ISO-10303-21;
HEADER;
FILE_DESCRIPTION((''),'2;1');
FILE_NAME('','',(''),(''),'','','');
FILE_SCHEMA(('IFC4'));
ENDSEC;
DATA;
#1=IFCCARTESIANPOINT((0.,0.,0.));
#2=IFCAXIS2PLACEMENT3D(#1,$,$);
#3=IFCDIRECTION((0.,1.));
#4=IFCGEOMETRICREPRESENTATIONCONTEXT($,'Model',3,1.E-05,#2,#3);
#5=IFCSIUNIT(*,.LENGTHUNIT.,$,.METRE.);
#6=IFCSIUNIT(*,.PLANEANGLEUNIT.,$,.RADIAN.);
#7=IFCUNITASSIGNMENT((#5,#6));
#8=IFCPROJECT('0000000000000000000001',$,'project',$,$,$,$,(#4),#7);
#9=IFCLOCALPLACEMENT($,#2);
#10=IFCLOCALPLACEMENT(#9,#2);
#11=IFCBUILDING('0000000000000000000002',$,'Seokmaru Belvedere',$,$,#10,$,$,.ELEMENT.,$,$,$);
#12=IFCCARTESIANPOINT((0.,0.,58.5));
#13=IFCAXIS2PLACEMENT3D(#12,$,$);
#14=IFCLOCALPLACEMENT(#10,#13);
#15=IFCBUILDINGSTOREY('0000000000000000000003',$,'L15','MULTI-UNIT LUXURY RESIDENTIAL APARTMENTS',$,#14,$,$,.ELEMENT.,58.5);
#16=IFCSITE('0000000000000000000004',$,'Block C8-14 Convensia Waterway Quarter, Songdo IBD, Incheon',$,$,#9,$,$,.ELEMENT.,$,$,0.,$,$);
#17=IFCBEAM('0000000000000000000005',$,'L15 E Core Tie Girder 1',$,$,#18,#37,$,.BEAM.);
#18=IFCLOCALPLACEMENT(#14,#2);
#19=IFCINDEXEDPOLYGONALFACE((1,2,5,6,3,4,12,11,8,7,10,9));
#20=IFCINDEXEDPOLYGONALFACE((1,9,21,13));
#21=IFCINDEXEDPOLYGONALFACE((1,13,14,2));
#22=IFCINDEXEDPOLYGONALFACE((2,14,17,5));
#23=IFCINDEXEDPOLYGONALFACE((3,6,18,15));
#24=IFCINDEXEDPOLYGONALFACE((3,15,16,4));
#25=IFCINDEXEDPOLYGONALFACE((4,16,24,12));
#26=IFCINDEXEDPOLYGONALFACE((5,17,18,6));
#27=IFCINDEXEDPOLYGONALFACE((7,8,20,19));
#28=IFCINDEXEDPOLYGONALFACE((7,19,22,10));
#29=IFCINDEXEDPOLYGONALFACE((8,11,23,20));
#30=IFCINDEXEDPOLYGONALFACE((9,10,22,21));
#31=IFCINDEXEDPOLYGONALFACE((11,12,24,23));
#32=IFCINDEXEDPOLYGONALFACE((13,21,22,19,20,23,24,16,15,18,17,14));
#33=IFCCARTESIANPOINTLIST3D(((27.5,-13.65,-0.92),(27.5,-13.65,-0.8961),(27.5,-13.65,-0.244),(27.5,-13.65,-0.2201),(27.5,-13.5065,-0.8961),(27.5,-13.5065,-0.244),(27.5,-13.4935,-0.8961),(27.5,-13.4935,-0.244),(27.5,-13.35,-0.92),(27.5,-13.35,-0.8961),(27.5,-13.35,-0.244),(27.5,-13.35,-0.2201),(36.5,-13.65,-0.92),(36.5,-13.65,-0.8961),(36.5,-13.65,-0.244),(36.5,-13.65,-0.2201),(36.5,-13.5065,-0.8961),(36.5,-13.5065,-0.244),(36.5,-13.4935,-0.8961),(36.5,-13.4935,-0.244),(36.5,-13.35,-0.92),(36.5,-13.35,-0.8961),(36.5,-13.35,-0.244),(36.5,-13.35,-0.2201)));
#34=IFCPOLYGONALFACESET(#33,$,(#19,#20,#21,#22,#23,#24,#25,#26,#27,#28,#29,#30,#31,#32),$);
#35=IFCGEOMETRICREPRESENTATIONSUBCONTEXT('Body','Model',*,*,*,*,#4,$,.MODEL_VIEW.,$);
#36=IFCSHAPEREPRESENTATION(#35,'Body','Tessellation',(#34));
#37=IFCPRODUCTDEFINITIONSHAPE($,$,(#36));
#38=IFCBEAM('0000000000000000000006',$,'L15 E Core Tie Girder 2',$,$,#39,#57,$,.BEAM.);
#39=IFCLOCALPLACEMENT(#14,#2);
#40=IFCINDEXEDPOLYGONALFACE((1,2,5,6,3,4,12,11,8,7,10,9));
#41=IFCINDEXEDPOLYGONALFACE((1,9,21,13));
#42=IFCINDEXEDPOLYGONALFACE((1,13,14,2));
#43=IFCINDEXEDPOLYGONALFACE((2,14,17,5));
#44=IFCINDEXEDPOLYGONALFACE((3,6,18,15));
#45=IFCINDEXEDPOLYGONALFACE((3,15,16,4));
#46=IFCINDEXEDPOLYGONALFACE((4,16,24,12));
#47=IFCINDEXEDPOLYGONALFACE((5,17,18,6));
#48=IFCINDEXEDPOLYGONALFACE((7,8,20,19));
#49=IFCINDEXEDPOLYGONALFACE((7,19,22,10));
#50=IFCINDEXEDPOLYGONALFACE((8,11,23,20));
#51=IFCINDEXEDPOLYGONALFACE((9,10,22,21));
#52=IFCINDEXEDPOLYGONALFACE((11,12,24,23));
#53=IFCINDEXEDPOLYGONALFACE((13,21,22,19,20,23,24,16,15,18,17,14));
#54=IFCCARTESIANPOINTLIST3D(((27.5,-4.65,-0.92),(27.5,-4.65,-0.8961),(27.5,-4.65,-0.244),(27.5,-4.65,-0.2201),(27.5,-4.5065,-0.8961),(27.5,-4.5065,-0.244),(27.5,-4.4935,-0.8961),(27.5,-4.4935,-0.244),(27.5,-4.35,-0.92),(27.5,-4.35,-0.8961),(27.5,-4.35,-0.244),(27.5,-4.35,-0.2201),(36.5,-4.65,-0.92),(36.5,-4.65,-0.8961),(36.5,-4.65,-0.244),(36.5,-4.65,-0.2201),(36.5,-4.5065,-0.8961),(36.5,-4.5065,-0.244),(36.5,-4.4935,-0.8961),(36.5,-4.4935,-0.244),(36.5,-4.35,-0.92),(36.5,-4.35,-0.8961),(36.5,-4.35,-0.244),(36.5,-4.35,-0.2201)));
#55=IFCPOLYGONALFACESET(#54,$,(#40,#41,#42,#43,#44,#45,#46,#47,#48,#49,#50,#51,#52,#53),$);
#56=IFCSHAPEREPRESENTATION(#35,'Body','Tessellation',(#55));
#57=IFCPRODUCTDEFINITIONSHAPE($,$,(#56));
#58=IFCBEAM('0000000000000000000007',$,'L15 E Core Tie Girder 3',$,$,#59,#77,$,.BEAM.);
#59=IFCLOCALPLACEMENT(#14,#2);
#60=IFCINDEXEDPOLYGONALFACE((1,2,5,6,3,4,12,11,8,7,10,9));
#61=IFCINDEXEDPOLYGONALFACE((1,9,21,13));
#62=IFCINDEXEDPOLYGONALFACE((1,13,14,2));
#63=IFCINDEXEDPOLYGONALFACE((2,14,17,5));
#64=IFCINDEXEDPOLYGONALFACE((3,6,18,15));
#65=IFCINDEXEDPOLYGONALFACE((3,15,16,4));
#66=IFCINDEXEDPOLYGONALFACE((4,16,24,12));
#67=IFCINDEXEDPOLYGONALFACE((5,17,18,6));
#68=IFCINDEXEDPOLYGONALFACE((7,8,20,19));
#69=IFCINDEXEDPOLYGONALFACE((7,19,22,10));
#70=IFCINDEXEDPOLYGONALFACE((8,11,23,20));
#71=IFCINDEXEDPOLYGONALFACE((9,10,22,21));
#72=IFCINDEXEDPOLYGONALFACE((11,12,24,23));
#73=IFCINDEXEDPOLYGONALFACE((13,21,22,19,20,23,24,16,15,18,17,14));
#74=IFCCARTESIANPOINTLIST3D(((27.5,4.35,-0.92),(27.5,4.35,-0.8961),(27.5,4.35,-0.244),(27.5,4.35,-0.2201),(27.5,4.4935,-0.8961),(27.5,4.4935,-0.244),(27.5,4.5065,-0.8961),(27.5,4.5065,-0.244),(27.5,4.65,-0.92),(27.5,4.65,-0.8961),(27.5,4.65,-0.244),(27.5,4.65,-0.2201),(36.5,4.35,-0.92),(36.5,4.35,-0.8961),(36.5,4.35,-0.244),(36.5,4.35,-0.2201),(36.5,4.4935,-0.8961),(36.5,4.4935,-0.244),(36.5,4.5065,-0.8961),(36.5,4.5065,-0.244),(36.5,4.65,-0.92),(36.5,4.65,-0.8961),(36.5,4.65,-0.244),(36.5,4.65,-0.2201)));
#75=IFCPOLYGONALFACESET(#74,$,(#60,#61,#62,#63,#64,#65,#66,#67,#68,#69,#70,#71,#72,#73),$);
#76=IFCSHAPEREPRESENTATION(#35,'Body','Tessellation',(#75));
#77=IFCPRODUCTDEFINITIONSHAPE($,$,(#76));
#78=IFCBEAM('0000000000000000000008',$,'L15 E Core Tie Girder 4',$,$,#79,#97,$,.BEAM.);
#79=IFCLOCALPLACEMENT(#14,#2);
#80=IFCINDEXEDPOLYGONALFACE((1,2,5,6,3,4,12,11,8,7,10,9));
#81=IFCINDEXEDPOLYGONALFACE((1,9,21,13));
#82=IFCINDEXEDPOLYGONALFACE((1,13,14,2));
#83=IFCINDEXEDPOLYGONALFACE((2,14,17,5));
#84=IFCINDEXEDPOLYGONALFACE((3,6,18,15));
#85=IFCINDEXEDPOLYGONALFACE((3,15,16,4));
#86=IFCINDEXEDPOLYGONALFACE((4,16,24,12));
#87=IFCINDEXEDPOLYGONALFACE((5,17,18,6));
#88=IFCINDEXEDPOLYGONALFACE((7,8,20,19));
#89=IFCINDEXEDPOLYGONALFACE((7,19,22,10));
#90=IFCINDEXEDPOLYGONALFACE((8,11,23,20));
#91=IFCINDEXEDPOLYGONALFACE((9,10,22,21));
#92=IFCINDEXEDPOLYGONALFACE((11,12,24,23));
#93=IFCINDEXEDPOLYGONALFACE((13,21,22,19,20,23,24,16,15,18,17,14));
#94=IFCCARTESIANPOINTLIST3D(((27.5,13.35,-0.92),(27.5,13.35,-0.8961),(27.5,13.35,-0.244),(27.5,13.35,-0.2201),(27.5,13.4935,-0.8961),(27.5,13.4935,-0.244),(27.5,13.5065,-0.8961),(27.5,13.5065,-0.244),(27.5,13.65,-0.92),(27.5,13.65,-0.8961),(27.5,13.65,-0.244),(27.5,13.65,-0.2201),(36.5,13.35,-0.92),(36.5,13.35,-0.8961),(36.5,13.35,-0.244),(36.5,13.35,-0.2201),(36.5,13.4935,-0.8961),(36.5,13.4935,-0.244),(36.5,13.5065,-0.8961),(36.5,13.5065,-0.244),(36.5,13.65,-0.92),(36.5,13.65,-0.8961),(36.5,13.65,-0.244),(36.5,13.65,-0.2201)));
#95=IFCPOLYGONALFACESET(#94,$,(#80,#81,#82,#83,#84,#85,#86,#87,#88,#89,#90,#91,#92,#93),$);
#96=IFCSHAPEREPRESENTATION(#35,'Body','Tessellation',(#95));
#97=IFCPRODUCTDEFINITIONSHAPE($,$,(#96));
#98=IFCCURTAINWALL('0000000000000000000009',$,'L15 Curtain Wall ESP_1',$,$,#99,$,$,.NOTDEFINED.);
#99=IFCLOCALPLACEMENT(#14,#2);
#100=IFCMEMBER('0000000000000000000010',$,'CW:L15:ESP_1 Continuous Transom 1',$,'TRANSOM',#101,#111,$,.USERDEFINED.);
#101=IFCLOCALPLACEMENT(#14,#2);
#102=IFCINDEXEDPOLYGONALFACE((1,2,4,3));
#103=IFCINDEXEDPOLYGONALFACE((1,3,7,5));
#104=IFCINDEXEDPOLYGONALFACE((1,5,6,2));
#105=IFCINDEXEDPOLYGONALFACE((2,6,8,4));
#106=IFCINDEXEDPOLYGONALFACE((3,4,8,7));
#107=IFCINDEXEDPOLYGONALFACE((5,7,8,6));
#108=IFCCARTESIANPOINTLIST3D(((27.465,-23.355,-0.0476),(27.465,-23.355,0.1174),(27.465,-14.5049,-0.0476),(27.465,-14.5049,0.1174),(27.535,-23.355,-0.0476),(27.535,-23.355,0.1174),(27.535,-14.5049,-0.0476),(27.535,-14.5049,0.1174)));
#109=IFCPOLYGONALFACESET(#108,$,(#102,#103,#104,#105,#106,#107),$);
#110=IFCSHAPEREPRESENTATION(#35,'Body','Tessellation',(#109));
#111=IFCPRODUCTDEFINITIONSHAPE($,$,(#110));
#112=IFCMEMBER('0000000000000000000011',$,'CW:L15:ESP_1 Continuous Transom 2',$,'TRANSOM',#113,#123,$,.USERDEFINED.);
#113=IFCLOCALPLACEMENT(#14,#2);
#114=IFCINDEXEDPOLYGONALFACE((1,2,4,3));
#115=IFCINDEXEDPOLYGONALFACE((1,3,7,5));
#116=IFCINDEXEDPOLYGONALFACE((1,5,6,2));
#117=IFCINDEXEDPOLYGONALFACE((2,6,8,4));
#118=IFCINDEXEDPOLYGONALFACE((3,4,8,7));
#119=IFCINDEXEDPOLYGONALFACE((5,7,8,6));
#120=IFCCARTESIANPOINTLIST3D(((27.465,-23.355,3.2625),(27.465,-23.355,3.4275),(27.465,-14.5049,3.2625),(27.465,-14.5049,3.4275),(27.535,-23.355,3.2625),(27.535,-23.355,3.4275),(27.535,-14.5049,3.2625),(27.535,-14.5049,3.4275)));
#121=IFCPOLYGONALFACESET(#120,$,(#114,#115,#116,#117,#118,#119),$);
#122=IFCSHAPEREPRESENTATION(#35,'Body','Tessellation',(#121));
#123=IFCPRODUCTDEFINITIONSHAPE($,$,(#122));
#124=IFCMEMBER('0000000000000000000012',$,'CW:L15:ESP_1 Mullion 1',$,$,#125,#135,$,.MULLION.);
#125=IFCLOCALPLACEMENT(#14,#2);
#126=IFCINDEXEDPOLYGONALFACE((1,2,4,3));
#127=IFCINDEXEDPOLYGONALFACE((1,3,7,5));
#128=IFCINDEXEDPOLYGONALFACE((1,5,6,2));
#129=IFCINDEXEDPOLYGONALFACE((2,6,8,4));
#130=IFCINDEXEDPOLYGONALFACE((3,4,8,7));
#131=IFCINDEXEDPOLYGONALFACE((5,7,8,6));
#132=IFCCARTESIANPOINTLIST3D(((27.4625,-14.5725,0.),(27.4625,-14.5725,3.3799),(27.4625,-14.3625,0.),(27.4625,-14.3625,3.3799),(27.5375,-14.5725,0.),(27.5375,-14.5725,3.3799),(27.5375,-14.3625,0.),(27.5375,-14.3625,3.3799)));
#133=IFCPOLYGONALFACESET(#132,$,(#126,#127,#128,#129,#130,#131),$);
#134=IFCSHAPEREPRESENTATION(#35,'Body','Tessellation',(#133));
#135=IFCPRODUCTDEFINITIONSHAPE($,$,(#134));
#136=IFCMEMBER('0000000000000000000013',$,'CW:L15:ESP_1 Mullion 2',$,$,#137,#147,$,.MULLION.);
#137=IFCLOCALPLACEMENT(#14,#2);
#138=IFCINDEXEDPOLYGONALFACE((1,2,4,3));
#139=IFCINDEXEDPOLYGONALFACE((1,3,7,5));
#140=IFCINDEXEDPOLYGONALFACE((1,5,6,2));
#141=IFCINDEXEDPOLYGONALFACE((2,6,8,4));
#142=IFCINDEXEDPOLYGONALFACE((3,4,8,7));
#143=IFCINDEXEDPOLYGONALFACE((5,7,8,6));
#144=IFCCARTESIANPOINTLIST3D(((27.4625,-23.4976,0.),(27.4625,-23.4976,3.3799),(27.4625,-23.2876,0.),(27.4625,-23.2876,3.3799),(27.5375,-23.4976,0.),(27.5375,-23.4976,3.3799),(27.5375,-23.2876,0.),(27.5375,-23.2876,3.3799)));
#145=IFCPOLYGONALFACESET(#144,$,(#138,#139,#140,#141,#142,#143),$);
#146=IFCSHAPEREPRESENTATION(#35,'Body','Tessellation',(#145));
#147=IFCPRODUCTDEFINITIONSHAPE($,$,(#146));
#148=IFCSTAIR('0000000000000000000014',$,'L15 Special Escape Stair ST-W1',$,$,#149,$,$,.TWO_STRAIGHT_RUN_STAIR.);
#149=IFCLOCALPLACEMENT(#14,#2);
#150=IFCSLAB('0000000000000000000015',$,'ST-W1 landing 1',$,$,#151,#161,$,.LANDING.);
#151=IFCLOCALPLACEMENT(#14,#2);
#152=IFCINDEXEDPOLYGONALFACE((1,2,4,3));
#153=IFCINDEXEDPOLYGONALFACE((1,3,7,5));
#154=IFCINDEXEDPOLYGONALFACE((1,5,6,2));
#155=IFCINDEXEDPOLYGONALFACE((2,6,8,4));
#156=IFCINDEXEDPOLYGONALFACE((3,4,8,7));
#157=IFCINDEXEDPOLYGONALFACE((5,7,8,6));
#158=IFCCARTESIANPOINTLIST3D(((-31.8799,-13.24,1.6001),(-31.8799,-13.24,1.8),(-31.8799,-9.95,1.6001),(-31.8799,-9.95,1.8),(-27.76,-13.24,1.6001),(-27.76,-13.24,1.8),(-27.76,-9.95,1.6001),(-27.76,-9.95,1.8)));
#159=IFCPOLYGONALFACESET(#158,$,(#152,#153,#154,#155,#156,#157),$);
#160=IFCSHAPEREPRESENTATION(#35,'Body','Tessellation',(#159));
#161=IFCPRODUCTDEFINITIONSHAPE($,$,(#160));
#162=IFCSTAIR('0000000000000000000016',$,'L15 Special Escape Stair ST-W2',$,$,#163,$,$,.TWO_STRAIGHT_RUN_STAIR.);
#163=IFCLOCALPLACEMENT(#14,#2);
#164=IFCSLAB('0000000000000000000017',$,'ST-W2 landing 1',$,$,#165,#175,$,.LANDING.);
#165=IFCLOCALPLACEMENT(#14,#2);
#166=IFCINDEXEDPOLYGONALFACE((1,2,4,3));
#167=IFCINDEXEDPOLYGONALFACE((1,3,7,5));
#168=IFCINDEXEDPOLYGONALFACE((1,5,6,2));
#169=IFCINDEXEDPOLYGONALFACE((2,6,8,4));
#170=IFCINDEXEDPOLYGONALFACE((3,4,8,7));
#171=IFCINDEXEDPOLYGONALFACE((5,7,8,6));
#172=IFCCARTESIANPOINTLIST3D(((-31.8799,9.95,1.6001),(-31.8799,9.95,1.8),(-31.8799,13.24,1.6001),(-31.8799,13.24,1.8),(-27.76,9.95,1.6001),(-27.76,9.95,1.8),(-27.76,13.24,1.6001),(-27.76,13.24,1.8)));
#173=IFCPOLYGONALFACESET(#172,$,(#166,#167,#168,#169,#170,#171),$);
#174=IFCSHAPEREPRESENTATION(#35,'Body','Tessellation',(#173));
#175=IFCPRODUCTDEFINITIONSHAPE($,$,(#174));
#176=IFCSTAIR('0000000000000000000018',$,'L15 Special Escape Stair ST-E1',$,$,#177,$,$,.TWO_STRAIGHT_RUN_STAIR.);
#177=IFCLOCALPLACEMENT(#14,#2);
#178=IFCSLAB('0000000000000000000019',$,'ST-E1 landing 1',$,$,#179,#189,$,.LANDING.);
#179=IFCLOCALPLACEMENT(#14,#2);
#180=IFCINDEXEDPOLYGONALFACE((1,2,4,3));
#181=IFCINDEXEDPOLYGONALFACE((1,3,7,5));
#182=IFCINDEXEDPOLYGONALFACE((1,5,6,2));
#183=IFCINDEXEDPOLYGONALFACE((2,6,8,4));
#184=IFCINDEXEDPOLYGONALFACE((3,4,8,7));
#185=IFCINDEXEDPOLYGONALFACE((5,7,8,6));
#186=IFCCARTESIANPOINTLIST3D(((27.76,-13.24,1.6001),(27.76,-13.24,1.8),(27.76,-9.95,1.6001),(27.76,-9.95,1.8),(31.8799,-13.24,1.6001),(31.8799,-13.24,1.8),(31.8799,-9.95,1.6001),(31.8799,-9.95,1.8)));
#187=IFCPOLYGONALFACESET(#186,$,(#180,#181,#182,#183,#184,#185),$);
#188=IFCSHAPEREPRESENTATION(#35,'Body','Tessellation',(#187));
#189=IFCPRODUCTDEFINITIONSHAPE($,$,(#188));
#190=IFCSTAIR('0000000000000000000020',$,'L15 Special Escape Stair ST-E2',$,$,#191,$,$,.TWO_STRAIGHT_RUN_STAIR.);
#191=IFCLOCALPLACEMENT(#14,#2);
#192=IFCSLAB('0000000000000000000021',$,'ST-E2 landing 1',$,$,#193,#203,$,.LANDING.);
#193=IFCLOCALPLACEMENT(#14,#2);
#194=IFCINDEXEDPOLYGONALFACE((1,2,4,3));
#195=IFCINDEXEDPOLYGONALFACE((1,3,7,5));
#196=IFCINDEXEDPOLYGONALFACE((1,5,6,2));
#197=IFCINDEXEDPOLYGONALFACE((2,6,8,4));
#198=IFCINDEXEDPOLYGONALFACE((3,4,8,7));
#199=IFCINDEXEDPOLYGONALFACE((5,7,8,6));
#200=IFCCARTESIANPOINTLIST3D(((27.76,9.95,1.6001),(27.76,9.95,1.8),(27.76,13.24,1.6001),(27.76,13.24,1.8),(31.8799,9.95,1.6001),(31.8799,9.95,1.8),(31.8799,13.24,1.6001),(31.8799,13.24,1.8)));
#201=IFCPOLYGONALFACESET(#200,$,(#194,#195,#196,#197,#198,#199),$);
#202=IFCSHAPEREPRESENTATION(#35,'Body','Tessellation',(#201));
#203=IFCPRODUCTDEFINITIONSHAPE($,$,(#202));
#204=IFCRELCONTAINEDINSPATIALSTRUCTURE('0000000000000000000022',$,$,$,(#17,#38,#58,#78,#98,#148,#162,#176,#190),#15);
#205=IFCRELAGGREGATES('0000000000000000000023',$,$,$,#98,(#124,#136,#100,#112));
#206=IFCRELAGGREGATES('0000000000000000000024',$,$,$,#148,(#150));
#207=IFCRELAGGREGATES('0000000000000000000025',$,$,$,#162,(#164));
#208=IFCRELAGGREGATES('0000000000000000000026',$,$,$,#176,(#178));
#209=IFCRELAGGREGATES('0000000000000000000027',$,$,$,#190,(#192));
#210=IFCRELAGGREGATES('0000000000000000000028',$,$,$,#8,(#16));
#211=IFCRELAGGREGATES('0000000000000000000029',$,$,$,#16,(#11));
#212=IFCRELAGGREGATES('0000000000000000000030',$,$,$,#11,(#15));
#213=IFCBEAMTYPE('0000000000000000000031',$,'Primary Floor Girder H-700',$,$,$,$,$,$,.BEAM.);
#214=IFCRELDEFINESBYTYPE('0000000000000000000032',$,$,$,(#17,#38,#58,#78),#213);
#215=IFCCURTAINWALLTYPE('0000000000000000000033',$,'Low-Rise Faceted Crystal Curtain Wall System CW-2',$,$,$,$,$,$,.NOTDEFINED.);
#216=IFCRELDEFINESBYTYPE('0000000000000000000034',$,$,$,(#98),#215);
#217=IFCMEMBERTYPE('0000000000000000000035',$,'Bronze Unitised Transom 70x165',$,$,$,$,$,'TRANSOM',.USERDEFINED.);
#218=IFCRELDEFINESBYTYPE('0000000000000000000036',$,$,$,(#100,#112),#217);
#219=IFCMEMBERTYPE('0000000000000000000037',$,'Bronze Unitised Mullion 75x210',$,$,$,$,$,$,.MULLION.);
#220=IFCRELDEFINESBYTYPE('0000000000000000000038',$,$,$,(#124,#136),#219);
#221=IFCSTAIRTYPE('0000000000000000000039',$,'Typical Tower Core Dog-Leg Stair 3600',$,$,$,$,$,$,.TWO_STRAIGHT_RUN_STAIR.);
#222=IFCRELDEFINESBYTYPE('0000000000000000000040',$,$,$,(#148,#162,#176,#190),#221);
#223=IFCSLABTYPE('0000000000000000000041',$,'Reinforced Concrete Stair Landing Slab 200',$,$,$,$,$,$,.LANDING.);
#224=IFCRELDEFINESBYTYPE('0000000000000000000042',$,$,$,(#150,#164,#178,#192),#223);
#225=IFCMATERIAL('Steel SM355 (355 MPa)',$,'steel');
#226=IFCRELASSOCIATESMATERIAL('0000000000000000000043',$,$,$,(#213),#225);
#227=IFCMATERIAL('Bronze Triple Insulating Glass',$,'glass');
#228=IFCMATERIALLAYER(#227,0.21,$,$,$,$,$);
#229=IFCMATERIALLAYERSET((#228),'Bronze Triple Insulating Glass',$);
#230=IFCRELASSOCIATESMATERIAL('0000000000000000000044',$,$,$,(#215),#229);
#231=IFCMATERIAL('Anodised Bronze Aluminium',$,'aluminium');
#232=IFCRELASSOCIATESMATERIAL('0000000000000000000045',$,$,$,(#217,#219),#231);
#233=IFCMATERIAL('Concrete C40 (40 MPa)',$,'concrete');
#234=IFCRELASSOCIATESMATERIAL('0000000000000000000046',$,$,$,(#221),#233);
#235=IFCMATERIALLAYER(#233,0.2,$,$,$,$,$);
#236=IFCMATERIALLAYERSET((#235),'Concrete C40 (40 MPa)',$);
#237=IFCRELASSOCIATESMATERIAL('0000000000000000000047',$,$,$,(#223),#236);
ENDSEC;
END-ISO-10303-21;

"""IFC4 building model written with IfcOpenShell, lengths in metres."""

from ifc_helpers import new_model, si_unit, direction, frame, origin, origin_2d, place, context, subcontext, project, spatial, polyline, rectangle, i_section, outline, extrude, source, transform, mapped, material, layer, layer_set, material_profile, profile_set, type_object, type_shapes, element, aggregate, save


model = new_model("IFC4")

# Units and contexts
model_context = context("Model", 3, precision=1e-05, world=origin(), true_north=direction((0.0, 1.0)))
body_context = subcontext(model_context, "Body", "Model", "MODEL_VIEW")
ifc_project = project(units=[si_unit("LENGTHUNIT", "METRE"), si_unit("PLANEANGLEUNIT", "RADIAN")], contexts=[model_context])

# Site, building, storey
site_placement = place(None, origin())
site = spatial("IfcSite", under=ifc_project, at=site_placement, Name="Block C8-14 Convensia Waterway Quarter, Songdo IBD, Incheon", CompositionType="ELEMENT", RefElevation=0.0)
building_placement = place(site_placement, origin())
building = spatial("IfcBuilding", under=site, at=building_placement, Name="Seokmaru Belvedere", CompositionType="ELEMENT")
storey_placement = place(building_placement, frame((0.0, 0.0, 58.5)))
storey = spatial("IfcBuildingStorey", under=building, at=storey_placement, Name="L15", Description="MULTI-UNIT LUXURY RESIDENTIAL APARTMENTS", CompositionType="ELEMENT", Elevation=58.5)

# Beams
ifc_material_1 = material(Name="Steel SM355 (355 MPa)", Category="steel")
ifc_material_profile_1 = material_profile(ifc_material_1, i_section(OverallWidth=0.3, OverallDepth=0.7, WebThickness=0.0129, FlangeThickness=0.0239, at=origin_2d()), Name="H-700x300x13x24")
ifc_profile_set_1 = profile_set([ifc_material_profile_1], Name="Steel SM355 (355 MPa)")
beam_type_1 = type_object("IfcBeamType", Name="Primary Floor Girder H-700", PredefinedType="BEAM", material=ifc_profile_set_1)
shared_shape_1 = source(origin(), body_context, "Body", "SweptSolid", [
    extrude(i_section(OverallWidth=0.3, OverallDepth=0.7, WebThickness=0.0129, FlangeThickness=0.0239, at=origin_2d()), origin(), (0.0, 0.0, 1.0), 9.0),
])
type_shapes(beam_type_1, [shared_shape_1])
for number, where, z_axis, x_axis, name in (
    (1, (27.5, -13.5, -0.5701), (1.0, 0.0, 0.0), (0.0, 1.0, 0.0), "L15 E Core Tie Girder 1"),
    (2, (27.5, -4.5, -0.5701), (1.0, 0.0, 0.0), (0.0, 1.0, 0.0), "L15 E Core Tie Girder 2"),
    (3, (27.5, 4.5, -0.5701), (1.0, 0.0, 0.0), (0.0, 1.0, 0.0), "L15 E Core Tie Girder 3"),
    (4, (27.5, 13.5, -0.5701), (1.0, 0.0, 0.0), (0.0, 1.0, 0.0), "L15 E Core Tie Girder 4"),
):
    element("IfcBeam", number, at=place(storey_placement, frame(where, z_axis=z_axis, x_axis=x_axis)), inside=storey, type_object=beam_type_1, Name=name, PredefinedType="BEAM", context=body_context, shape_type="MappedRepresentation", body=[
        mapped(shared_shape_1, transform((0.0, 0.0, 0.0), scale=1.0)),
    ])

# Curtain wall, members
ifc_material_2 = material(Name="Bronze Triple Insulating Glass", Category="glass")
ifc_layer_1 = layer(ifc_material_2, 0.21)
ifc_layer_set_1 = layer_set([ifc_layer_1], Name="Bronze Triple Insulating Glass")
curtain_wall_type = type_object("IfcCurtainWallType", Name="Low-Rise Faceted Crystal Curtain Wall System CW-2", PredefinedType="NOTDEFINED", material=ifc_layer_set_1)
curtain_wall_placement = place(storey_placement, origin())
curtain_wall = element("IfcCurtainWall", 5, at=curtain_wall_placement, inside=storey, type_object=curtain_wall_type, Name="L15 Curtain Wall ESP_1", PredefinedType="NOTDEFINED")
ifc_material_3 = material(Name="Anodised Bronze Aluminium", Category="aluminium")
ifc_material_profile_2 = material_profile(ifc_material_3, rectangle(XDim=0.0701, YDim=0.165, at=origin_2d()), Name="CW-T-70x165")
ifc_profile_set_2 = profile_set([ifc_material_profile_2], Name="Anodised Bronze Aluminium")
member_type_1 = type_object("IfcMemberType", Name="Bronze Unitised Transom 70x165", ElementType="TRANSOM", PredefinedType="USERDEFINED", material=ifc_profile_set_2)
shared_shape_2 = source(origin(), body_context, "Body", "SweptSolid", [
    extrude(rectangle(XDim=0.0701, YDim=0.165, at=origin_2d()), origin(), (0.0, 0.0, 1.0), 8.8501),
])
type_shapes(member_type_1, [shared_shape_2])
member_1_placement = place(storey_placement, frame((27.5, -14.5049, 0.0349), z_axis=(0.0, -1.0, 0.0), x_axis=(1.0, 0.0, 0.0)))
member_1 = element("IfcMember", 6, at=member_1_placement, type_object=member_type_1, Name="CW:L15:ESP_1 Continuous Transom 1", ObjectType="TRANSOM", PredefinedType="USERDEFINED", context=body_context, shape_type="MappedRepresentation", body=[
    mapped(shared_shape_2, transform((0.0, 0.0, 0.0), scale=1.0)),
])
member_2_placement = place(storey_placement, frame((27.5, -14.5049, 3.345), z_axis=(0.0, -1.0, 0.0), x_axis=(1.0, 0.0, 0.0)))
member_2 = element("IfcMember", 7, at=member_2_placement, type_object=member_type_1, Name="CW:L15:ESP_1 Continuous Transom 2", ObjectType="TRANSOM", PredefinedType="USERDEFINED", context=body_context, shape_type="MappedRepresentation", body=[
    mapped(shared_shape_2, transform((0.0, 0.0, 0.0), scale=1.0)),
])
ifc_material_profile_3 = material_profile(ifc_material_3, rectangle(XDim=0.075, YDim=0.21, at=origin_2d()), Name="CW-M-75x210")
ifc_profile_set_3 = profile_set([ifc_material_profile_3], Name="Anodised Bronze Aluminium")
member_type_2 = type_object("IfcMemberType", Name="Bronze Unitised Mullion 75x210", PredefinedType="MULLION", material=ifc_profile_set_3)
shared_shape_3 = source(origin(), body_context, "Body", "SweptSolid", [
    extrude(rectangle(XDim=0.075, YDim=0.21, at=origin_2d()), origin(), (0.0, 0.0, 1.0), 3.3799),
])
type_shapes(member_type_2, [shared_shape_3])
member_3_placement = place(storey_placement, frame((27.5, -14.4675, 0.0), z_axis=(0.0, 0.0, 1.0), x_axis=(1.0, 0.0, 0.0)))
member_3 = element("IfcMember", 8, at=member_3_placement, type_object=member_type_2, Name="CW:L15:ESP_1 Mullion 1", PredefinedType="MULLION", context=body_context, shape_type="MappedRepresentation", body=[
    mapped(shared_shape_3, transform((0.0, 0.0, 0.0), scale=1.0)),
])
member_4_placement = place(storey_placement, frame((27.5, -23.3926, 0.0), z_axis=(0.0, 0.0, 1.0), x_axis=(1.0, 0.0, 0.0)))
member_4 = element("IfcMember", 9, at=member_4_placement, type_object=member_type_2, Name="CW:L15:ESP_1 Mullion 2", PredefinedType="MULLION", context=body_context, shape_type="MappedRepresentation", body=[
    mapped(shared_shape_3, transform((0.0, 0.0, 0.0), scale=1.0)),
])
aggregate(curtain_wall, [member_3, member_4, member_1, member_2])

# Stairs, slabs
ifc_material_4 = material(Name="Concrete C40 (40 MPa)", Category="concrete")
stair_type = type_object("IfcStairType", Name="Typical Tower Core Dog-Leg Stair 3600", PredefinedType="TWO_STRAIGHT_RUN_STAIR", material=ifc_material_4)
stair_1_placement = place(storey_placement, origin())
stair_1 = element("IfcStair", 10, at=stair_1_placement, inside=storey, type_object=stair_type, Name="L15 Special Escape Stair ST-W1", PredefinedType="TWO_STRAIGHT_RUN_STAIR")
ifc_layer_2 = layer(ifc_material_4, 0.2)
ifc_layer_set_2 = layer_set([ifc_layer_2], Name="Concrete C40 (40 MPa)")
slab_type_1 = type_object("IfcSlabType", Name="Reinforced Concrete Stair Landing Slab 200", PredefinedType="LANDING", material=ifc_layer_set_2)
slab_1_placement = place(storey_placement, frame((0.0, 0.0, 1.6001)))
slab_1 = element("IfcSlab", 11, at=slab_1_placement, type_object=slab_type_1, Name="ST-W1 landing 1", PredefinedType="LANDING", context=body_context, shape_type="SweptSolid", body=[
    extrude(outline(polyline([(-31.8799, -13.24), (-27.76, -13.24), (-27.76, -9.95), (-31.8799, -9.95), (-31.8799, -13.24)])), origin(), (0.0, 0.0, 1.0), 0.2),
])
aggregate(stair_1, [slab_1])
stair_2_placement = place(storey_placement, origin())
stair_2 = element("IfcStair", 12, at=stair_2_placement, inside=storey, type_object=stair_type, Name="L15 Special Escape Stair ST-W2", PredefinedType="TWO_STRAIGHT_RUN_STAIR")
slab_2_placement = place(storey_placement, frame((0.0, 0.0, 1.6001)))
slab_2 = element("IfcSlab", 13, at=slab_2_placement, type_object=slab_type_1, Name="ST-W2 landing 1", PredefinedType="LANDING", context=body_context, shape_type="SweptSolid", body=[
    extrude(outline(polyline([(-31.8799, 9.95), (-27.76, 9.95), (-27.76, 13.24), (-31.8799, 13.24), (-31.8799, 9.95)])), origin(), (0.0, 0.0, 1.0), 0.2),
])
aggregate(stair_2, [slab_2])
stair_3_placement = place(storey_placement, origin())
stair_3 = element("IfcStair", 14, at=stair_3_placement, inside=storey, type_object=stair_type, Name="L15 Special Escape Stair ST-E1", PredefinedType="TWO_STRAIGHT_RUN_STAIR")
slab_3_placement = place(storey_placement, frame((0.0, 0.0, 1.6001)))
slab_3 = element("IfcSlab", 15, at=slab_3_placement, type_object=slab_type_1, Name="ST-E1 landing 1", PredefinedType="LANDING", context=body_context, shape_type="SweptSolid", body=[
    extrude(outline(polyline([(27.76, -13.24), (31.8799, -13.24), (31.8799, -9.95), (27.76, -9.95), (27.76, -13.24)])), origin(), (0.0, 0.0, 1.0), 0.2),
])
aggregate(stair_3, [slab_3])
stair_4_placement = place(storey_placement, origin())
stair_4 = element("IfcStair", 16, at=stair_4_placement, inside=storey, type_object=stair_type, Name="L15 Special Escape Stair ST-E2", PredefinedType="TWO_STRAIGHT_RUN_STAIR")
slab_4_placement = place(storey_placement, frame((0.0, 0.0, 1.6001)))
slab_4 = element("IfcSlab", 17, at=slab_4_placement, type_object=slab_type_1, Name="ST-E2 landing 1", PredefinedType="LANDING", context=body_context, shape_type="SweptSolid", body=[
    extrude(outline(polyline([(27.76, 9.95), (31.8799, 9.95), (31.8799, 13.24), (27.76, 13.24), (27.76, 9.95)])), origin(), (0.0, 0.0, 1.0), 0.2),
])
aggregate(stair_4, [slab_4])

save(model, "model.ifc")
